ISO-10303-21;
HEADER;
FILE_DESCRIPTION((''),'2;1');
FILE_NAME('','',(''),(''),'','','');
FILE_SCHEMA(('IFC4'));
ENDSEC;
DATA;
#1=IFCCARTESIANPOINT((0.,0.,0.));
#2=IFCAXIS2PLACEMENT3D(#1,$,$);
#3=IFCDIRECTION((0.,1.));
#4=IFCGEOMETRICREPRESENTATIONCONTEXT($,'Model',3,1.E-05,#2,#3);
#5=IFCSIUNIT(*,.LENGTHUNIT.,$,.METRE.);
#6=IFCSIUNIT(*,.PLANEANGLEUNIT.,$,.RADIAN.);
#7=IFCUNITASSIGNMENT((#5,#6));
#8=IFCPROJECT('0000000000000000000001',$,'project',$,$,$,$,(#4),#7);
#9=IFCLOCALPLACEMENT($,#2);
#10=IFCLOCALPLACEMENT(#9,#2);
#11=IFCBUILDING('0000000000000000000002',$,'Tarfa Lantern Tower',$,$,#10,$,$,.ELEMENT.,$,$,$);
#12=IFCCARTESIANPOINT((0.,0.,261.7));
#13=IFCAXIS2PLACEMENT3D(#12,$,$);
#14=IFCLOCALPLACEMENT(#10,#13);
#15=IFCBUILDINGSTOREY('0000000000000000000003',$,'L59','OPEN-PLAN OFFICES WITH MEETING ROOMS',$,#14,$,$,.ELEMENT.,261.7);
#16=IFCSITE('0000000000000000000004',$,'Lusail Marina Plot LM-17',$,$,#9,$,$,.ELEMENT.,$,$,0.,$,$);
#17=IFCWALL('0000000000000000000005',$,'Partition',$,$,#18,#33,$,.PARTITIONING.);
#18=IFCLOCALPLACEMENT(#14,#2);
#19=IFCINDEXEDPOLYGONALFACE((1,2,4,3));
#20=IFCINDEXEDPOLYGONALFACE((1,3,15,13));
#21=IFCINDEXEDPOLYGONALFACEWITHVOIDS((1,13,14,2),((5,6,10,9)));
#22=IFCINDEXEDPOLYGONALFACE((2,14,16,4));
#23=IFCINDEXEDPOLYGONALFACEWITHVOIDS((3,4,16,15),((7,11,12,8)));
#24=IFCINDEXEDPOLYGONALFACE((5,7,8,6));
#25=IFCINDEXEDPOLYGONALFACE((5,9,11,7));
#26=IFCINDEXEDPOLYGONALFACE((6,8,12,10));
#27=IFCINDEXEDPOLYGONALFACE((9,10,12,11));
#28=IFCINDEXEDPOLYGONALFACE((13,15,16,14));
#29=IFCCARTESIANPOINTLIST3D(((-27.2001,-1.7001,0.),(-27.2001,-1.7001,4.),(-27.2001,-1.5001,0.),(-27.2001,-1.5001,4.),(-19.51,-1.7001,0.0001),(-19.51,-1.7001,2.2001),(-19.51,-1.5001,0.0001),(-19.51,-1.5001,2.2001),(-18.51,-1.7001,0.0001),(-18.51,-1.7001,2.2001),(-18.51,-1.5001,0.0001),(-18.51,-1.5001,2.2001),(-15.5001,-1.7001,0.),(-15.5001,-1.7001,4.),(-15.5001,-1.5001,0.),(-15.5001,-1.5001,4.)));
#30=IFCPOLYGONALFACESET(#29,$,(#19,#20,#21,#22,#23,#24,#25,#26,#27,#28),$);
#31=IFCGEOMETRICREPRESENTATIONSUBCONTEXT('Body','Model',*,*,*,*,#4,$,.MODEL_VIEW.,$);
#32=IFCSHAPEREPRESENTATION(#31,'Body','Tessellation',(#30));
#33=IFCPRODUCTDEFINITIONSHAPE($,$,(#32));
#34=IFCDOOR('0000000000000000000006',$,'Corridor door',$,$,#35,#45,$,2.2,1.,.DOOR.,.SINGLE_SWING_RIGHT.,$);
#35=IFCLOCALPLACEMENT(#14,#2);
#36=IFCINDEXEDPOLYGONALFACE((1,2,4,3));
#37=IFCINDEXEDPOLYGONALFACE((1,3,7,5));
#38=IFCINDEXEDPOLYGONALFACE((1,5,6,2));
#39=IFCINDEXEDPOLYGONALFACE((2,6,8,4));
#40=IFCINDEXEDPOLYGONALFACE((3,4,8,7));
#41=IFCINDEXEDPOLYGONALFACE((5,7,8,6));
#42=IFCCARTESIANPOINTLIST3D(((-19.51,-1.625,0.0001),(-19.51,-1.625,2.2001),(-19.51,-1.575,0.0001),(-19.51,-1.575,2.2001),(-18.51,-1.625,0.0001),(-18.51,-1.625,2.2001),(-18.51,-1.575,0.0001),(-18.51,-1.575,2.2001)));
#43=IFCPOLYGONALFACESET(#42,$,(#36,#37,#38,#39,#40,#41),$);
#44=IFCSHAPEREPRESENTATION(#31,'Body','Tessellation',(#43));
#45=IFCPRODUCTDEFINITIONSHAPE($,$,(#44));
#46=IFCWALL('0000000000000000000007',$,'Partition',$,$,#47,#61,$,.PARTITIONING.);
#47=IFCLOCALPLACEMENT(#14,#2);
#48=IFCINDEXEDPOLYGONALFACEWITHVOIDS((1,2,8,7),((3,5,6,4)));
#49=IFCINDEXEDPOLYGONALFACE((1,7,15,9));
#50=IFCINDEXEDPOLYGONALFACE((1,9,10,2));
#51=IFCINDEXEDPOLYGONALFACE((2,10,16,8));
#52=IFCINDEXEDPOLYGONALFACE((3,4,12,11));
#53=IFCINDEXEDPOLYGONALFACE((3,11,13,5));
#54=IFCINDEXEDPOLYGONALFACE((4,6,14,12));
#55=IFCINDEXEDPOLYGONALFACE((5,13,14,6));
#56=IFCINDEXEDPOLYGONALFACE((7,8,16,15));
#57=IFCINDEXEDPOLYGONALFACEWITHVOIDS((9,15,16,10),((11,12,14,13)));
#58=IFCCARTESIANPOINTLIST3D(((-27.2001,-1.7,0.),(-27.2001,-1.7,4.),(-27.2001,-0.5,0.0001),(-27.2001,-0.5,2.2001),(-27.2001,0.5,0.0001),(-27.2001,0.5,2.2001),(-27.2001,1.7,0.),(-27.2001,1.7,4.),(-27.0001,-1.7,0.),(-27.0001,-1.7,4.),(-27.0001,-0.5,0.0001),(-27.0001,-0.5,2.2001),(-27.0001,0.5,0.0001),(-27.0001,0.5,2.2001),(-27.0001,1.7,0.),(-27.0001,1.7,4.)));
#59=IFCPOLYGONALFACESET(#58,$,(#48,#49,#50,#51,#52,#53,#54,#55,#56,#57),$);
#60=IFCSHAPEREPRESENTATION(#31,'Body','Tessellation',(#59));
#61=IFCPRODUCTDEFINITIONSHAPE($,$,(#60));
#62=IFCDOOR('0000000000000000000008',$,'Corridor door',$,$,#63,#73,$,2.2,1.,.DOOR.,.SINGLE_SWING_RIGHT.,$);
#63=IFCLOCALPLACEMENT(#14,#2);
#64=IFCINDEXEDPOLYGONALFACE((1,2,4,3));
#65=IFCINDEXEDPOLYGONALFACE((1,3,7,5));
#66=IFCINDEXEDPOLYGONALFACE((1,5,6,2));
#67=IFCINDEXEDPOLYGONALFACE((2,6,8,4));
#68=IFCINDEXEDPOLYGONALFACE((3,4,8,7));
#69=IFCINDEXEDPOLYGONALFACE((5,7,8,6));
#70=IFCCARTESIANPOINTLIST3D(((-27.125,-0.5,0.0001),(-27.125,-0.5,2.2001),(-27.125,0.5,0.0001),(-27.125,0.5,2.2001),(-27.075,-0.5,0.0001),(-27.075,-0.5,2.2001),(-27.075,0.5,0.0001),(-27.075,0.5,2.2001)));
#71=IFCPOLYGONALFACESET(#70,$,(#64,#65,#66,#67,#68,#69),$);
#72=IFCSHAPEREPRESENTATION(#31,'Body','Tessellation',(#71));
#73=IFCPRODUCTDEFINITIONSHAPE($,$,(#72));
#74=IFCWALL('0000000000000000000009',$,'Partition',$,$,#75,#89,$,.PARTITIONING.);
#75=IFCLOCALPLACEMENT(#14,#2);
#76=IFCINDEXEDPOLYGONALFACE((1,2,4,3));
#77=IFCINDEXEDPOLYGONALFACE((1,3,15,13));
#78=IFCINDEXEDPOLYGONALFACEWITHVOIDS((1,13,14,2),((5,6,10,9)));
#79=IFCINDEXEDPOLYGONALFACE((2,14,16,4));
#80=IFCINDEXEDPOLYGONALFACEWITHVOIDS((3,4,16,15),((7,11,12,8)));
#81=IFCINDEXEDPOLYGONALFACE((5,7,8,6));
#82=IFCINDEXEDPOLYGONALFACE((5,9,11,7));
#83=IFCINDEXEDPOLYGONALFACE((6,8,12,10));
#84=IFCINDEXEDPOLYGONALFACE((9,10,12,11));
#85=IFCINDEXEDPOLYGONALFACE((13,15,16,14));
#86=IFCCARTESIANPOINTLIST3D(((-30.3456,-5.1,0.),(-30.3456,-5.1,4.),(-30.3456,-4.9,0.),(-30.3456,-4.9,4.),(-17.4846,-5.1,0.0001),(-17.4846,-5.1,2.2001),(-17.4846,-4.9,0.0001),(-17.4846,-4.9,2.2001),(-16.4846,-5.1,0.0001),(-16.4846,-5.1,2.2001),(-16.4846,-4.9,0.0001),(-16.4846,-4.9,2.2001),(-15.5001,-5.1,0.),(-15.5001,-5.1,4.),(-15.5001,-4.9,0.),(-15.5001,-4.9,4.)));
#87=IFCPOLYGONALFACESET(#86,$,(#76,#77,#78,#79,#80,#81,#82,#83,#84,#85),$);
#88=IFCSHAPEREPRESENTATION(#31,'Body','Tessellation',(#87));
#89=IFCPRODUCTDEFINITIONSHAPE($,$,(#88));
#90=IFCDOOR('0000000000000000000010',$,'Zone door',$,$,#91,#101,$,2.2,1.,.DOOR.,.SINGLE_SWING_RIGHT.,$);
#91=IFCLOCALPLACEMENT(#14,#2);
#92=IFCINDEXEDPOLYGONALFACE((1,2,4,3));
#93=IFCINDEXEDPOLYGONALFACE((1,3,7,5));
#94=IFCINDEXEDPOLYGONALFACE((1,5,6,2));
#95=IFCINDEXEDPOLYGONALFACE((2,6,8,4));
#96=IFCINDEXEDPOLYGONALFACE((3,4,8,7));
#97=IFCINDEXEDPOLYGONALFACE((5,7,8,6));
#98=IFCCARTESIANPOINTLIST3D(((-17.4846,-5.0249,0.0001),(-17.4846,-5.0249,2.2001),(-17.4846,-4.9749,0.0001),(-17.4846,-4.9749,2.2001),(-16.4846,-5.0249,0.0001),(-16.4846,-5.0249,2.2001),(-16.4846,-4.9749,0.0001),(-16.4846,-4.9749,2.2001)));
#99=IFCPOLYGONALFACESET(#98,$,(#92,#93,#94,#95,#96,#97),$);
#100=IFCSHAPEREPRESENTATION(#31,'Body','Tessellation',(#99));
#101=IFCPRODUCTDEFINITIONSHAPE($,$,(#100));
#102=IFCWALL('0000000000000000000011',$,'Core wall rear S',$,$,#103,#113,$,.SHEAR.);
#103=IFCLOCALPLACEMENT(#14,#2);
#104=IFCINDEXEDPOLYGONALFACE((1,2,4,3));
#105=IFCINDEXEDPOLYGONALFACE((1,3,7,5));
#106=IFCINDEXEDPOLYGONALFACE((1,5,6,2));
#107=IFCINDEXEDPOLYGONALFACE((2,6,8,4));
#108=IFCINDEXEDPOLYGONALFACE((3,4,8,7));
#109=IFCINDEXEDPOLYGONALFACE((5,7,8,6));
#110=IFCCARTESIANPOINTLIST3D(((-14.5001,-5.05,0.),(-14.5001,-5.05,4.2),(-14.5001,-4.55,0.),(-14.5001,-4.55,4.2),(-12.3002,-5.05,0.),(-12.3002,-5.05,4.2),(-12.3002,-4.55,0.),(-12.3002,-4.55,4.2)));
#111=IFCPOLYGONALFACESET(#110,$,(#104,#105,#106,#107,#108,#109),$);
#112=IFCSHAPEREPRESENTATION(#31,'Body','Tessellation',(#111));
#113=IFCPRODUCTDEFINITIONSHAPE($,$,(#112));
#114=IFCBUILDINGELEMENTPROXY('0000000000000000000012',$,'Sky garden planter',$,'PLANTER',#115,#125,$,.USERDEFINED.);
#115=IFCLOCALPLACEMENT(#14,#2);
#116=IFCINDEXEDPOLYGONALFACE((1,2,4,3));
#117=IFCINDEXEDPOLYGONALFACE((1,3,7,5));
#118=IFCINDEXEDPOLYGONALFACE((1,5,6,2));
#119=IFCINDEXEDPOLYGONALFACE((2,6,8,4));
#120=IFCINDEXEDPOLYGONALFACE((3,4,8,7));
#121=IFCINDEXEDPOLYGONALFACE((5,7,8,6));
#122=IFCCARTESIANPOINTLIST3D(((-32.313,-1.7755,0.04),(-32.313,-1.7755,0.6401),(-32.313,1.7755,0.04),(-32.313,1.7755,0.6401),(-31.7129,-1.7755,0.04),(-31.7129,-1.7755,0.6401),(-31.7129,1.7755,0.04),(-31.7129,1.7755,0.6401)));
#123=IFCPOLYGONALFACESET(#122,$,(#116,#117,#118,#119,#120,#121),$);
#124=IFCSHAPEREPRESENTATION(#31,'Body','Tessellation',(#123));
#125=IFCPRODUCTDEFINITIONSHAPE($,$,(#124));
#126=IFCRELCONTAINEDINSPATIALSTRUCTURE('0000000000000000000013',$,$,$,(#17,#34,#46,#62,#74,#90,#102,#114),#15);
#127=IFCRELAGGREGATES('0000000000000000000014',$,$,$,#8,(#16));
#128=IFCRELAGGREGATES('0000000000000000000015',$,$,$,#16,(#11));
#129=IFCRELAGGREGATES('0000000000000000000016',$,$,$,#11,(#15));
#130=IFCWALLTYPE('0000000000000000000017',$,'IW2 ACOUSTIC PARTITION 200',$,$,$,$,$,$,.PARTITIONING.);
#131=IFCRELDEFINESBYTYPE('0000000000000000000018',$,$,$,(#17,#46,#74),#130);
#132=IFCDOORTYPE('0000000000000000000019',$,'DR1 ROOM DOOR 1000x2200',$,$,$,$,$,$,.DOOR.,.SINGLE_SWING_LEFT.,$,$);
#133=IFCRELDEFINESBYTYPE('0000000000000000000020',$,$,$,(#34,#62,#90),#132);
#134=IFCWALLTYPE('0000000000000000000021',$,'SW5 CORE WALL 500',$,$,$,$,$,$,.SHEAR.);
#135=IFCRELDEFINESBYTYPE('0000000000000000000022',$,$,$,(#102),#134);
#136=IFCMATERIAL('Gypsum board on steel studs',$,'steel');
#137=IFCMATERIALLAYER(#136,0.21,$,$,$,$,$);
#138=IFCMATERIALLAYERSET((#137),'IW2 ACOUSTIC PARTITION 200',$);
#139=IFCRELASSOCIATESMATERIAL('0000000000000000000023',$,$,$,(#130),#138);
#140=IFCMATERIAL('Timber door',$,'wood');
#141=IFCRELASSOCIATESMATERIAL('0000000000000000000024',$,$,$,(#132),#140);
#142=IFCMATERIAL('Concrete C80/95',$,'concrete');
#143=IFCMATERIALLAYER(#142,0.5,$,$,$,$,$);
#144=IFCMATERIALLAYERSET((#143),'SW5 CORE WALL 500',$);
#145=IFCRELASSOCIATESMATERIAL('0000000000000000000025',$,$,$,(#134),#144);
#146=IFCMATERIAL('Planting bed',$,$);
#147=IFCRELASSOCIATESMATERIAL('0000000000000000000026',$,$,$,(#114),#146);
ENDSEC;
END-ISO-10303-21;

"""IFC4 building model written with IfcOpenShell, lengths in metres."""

from ifc_helpers import new_model, si_unit, direction, frame, frame_2d, origin, origin_2d, place, context, subcontext, project, spatial, rectangle, extrude, material, layer, layer_set, type_object, element, fill, save


model = new_model("IFC4")

# Units and contexts
model_context = context("Model", 3, precision=1e-05, world=origin(), true_north=direction((0.0, 1.0)))
body_context = subcontext(model_context, "Body", "Model", "MODEL_VIEW")
ifc_project = project(units=[si_unit("LENGTHUNIT", "METRE"), si_unit("PLANEANGLEUNIT", "RADIAN")], contexts=[model_context])

# Site, building, storey
site_placement = place(None, origin())
site = spatial("IfcSite", under=ifc_project, at=site_placement, Name="Lusail Marina Plot LM-17", CompositionType="ELEMENT", RefElevation=0.0)
building_placement = place(site_placement, origin())
building = spatial("IfcBuilding", under=site, at=building_placement, Name="Tarfa Lantern Tower", CompositionType="ELEMENT")
storey_placement = place(building_placement, frame((0.0, 0.0, 261.7)))
storey = spatial("IfcBuildingStorey", under=building, at=storey_placement, Name="L59", Description="OPEN-PLAN OFFICES WITH MEETING ROOMS", CompositionType="ELEMENT", Elevation=261.7)

# Shared definitions
ifc_material_1 = material(Name="Concrete C80/95", Category="concrete")

# Walls, openings, doors
ifc_material_2 = material(Name="Gypsum board on steel studs", Category="steel")
ifc_layer_1 = layer(ifc_material_2, 0.21)
ifc_layer_set_1 = layer_set([ifc_layer_1], Name="IW2 ACOUSTIC PARTITION 200")
wall_type_1 = type_object("IfcWallType", Name="IW2 ACOUSTIC PARTITION 200", PredefinedType="PARTITIONING", material=ifc_layer_set_1)
ifc_material_3 = material(Name="Timber door", Category="wood")
door_type_1 = type_object("IfcDoorType", Name="DR1 ROOM DOOR 1000x2200", OperationType="SINGLE_SWING_LEFT", PredefinedType="DOOR", material=ifc_material_3)
wall_1_placement = place(storey_placement, frame((-15.5, -1.6001, 0.0), z_axis=(0.0, 0.0, 1.0), x_axis=(-1.0, 0.0, 0.0)))
wall_1 = element("IfcWall", 1, at=wall_1_placement, inside=storey, type_object=wall_type_1, Name="Partition", PredefinedType="PARTITIONING", context=body_context, shape_type="SweptSolid", body=[
    extrude(rectangle(XDim=11.7, YDim=0.2, at=frame_2d((5.8501, 0.0))), origin(), (0.0, 0.0, 1.0), 4.0),
])
opening_1_placement = place(wall_1_placement, frame((3.01, 0.0, 0.0)))
opening_1 = element("IfcOpeningElement", 2, at=opening_1_placement, cuts=wall_1, PredefinedType="OPENING", context=body_context, shape_type="SweptSolid", body=[
    extrude(rectangle(XDim=1.0, YDim=2.2, at=frame_2d((0.5, 1.1001))), frame((0.0, 0.1099, 0.0), z_axis=(0.0, -1.0, 0.0), x_axis=(1.0, 0.0, 0.0)), (0.0, 0.0, 1.0), 0.22),
])
door_1_placement = place(opening_1_placement, origin())
door_1 = element("IfcDoor", 3, at=door_1_placement, inside=storey, type_object=door_type_1, Name="Corridor door", OperationType="SINGLE_SWING_RIGHT", OverallHeight=2.2, OverallWidth=1.0, PredefinedType="DOOR", context=body_context, shape_type="SweptSolid", body=[
    extrude(rectangle(XDim=1.0, YDim=2.2, at=frame_2d((0.5, 1.1001))), frame((0.0, 0.0249, 0.0), z_axis=(0.0, -1.0, 0.0), x_axis=(1.0, 0.0, 0.0)), (0.0, 0.0, 1.0), 0.05),
])
fill(opening_1, door_1)
wall_2_placement = place(storey_placement, frame((-27.1001, -1.7, 0.0), z_axis=(0.0, 0.0, 1.0), x_axis=(0.0, 1.0, 0.0)))
wall_2 = element("IfcWall", 4, at=wall_2_placement, inside=storey, type_object=wall_type_1, Name="Partition", PredefinedType="PARTITIONING", context=body_context, shape_type="SweptSolid", body=[
    extrude(rectangle(XDim=3.3999, YDim=0.2, at=frame_2d((1.7, 0.0))), origin(), (0.0, 0.0, 1.0), 4.0),
])
opening_2_placement = place(wall_2_placement, frame((1.2, 0.0, 0.0)))
opening_2 = element("IfcOpeningElement", 5, at=opening_2_placement, cuts=wall_2, PredefinedType="OPENING", context=body_context, shape_type="SweptSolid", body=[
    extrude(rectangle(XDim=1.0, YDim=2.2, at=frame_2d((0.5, 1.1001))), frame((0.0, 0.1099, 0.0), z_axis=(0.0, -1.0, 0.0), x_axis=(1.0, 0.0, 0.0)), (0.0, 0.0, 1.0), 0.22),
])
door_2_placement = place(opening_2_placement, origin())
door_2 = element("IfcDoor", 6, at=door_2_placement, inside=storey, type_object=door_type_1, Name="Corridor door", OperationType="SINGLE_SWING_RIGHT", OverallHeight=2.2, OverallWidth=1.0, PredefinedType="DOOR", context=body_context, shape_type="SweptSolid", body=[
    extrude(rectangle(XDim=1.0, YDim=2.2, at=frame_2d((0.5, 1.1001))), frame((0.0, 0.0249, 0.0), z_axis=(0.0, -1.0, 0.0), x_axis=(1.0, 0.0, 0.0)), (0.0, 0.0, 1.0), 0.05),
])
fill(opening_2, door_2)
wall_3_placement = place(storey_placement, frame((-15.5, -5.0, 0.0), z_axis=(0.0, 0.0, 1.0), x_axis=(-1.0, 0.0, 0.0)))
wall_3 = element("IfcWall", 7, at=wall_3_placement, inside=storey, type_object=wall_type_1, Name="Partition", PredefinedType="PARTITIONING", context=body_context, shape_type="SweptSolid", body=[
    extrude(rectangle(XDim=14.8455, YDim=0.2, at=frame_2d((7.4229, 0.0))), origin(), (0.0, 0.0, 1.0), 4.0),
])
opening_3_placement = place(wall_3_placement, frame((0.9846, 0.0, 0.0)))
opening_3 = element("IfcOpeningElement", 8, at=opening_3_placement, cuts=wall_3, PredefinedType="OPENING", context=body_context, shape_type="SweptSolid", body=[
    extrude(rectangle(XDim=1.0, YDim=2.2, at=frame_2d((0.5, 1.1001))), frame((0.0, 0.1099, 0.0), z_axis=(0.0, -1.0, 0.0), x_axis=(1.0, 0.0, 0.0)), (0.0, 0.0, 1.0), 0.22),
])
door_3_placement = place(opening_3_placement, origin())
door_3 = element("IfcDoor", 9, at=door_3_placement, inside=storey, type_object=door_type_1, Name="Zone door", OperationType="SINGLE_SWING_RIGHT", OverallHeight=2.2, OverallWidth=1.0, PredefinedType="DOOR", context=body_context, shape_type="SweptSolid", body=[
    extrude(rectangle(XDim=1.0, YDim=2.2, at=frame_2d((0.5, 1.1001))), frame((0.0, 0.0249, 0.0), z_axis=(0.0, -1.0, 0.0), x_axis=(1.0, 0.0, 0.0)), (0.0, 0.0, 1.0), 0.05),
])
fill(opening_3, door_3)

# Wall
ifc_layer_2 = layer(ifc_material_1, 0.5)
ifc_layer_set_2 = layer_set([ifc_layer_2], Name="SW5 CORE WALL 500")
wall_type_2 = type_object("IfcWallType", Name="SW5 CORE WALL 500", PredefinedType="SHEAR", material=ifc_layer_set_2)
wall_4_placement = place(storey_placement, frame((-12.3, -4.8, 0.0), z_axis=(0.0, 0.0, 1.0), x_axis=(-1.0, 0.0, 0.0)))
element("IfcWall", 10, at=wall_4_placement, inside=storey, type_object=wall_type_2, Name="Core wall rear S", PredefinedType="SHEAR", context=body_context, shape_type="SweptSolid", body=[
    extrude(rectangle(XDim=2.2, YDim=0.5, at=frame_2d((1.1001, 0.0))), origin(), (0.0, 0.0, 1.0), 4.2),
])

# Building element proxy
ifc_material_4 = material(Name="Planting bed")
proxy_placement = place(storey_placement, frame((-32.0129, 0.0, 0.04), z_axis=(0.0, 0.0, 1.0), x_axis=(0.0, -1.0, 0.0)))
element("IfcBuildingElementProxy", 11, at=proxy_placement, inside=storey, material=ifc_material_4, Name="Sky garden planter", ObjectType="PLANTER", PredefinedType="USERDEFINED", context=body_context, shape_type="SweptSolid", body=[
    extrude(rectangle(XDim=3.551, YDim=0.6001, at=origin_2d()), origin(), (0.0, 0.0, 1.0), 0.6001),
])

save(model, "model.ifc")
